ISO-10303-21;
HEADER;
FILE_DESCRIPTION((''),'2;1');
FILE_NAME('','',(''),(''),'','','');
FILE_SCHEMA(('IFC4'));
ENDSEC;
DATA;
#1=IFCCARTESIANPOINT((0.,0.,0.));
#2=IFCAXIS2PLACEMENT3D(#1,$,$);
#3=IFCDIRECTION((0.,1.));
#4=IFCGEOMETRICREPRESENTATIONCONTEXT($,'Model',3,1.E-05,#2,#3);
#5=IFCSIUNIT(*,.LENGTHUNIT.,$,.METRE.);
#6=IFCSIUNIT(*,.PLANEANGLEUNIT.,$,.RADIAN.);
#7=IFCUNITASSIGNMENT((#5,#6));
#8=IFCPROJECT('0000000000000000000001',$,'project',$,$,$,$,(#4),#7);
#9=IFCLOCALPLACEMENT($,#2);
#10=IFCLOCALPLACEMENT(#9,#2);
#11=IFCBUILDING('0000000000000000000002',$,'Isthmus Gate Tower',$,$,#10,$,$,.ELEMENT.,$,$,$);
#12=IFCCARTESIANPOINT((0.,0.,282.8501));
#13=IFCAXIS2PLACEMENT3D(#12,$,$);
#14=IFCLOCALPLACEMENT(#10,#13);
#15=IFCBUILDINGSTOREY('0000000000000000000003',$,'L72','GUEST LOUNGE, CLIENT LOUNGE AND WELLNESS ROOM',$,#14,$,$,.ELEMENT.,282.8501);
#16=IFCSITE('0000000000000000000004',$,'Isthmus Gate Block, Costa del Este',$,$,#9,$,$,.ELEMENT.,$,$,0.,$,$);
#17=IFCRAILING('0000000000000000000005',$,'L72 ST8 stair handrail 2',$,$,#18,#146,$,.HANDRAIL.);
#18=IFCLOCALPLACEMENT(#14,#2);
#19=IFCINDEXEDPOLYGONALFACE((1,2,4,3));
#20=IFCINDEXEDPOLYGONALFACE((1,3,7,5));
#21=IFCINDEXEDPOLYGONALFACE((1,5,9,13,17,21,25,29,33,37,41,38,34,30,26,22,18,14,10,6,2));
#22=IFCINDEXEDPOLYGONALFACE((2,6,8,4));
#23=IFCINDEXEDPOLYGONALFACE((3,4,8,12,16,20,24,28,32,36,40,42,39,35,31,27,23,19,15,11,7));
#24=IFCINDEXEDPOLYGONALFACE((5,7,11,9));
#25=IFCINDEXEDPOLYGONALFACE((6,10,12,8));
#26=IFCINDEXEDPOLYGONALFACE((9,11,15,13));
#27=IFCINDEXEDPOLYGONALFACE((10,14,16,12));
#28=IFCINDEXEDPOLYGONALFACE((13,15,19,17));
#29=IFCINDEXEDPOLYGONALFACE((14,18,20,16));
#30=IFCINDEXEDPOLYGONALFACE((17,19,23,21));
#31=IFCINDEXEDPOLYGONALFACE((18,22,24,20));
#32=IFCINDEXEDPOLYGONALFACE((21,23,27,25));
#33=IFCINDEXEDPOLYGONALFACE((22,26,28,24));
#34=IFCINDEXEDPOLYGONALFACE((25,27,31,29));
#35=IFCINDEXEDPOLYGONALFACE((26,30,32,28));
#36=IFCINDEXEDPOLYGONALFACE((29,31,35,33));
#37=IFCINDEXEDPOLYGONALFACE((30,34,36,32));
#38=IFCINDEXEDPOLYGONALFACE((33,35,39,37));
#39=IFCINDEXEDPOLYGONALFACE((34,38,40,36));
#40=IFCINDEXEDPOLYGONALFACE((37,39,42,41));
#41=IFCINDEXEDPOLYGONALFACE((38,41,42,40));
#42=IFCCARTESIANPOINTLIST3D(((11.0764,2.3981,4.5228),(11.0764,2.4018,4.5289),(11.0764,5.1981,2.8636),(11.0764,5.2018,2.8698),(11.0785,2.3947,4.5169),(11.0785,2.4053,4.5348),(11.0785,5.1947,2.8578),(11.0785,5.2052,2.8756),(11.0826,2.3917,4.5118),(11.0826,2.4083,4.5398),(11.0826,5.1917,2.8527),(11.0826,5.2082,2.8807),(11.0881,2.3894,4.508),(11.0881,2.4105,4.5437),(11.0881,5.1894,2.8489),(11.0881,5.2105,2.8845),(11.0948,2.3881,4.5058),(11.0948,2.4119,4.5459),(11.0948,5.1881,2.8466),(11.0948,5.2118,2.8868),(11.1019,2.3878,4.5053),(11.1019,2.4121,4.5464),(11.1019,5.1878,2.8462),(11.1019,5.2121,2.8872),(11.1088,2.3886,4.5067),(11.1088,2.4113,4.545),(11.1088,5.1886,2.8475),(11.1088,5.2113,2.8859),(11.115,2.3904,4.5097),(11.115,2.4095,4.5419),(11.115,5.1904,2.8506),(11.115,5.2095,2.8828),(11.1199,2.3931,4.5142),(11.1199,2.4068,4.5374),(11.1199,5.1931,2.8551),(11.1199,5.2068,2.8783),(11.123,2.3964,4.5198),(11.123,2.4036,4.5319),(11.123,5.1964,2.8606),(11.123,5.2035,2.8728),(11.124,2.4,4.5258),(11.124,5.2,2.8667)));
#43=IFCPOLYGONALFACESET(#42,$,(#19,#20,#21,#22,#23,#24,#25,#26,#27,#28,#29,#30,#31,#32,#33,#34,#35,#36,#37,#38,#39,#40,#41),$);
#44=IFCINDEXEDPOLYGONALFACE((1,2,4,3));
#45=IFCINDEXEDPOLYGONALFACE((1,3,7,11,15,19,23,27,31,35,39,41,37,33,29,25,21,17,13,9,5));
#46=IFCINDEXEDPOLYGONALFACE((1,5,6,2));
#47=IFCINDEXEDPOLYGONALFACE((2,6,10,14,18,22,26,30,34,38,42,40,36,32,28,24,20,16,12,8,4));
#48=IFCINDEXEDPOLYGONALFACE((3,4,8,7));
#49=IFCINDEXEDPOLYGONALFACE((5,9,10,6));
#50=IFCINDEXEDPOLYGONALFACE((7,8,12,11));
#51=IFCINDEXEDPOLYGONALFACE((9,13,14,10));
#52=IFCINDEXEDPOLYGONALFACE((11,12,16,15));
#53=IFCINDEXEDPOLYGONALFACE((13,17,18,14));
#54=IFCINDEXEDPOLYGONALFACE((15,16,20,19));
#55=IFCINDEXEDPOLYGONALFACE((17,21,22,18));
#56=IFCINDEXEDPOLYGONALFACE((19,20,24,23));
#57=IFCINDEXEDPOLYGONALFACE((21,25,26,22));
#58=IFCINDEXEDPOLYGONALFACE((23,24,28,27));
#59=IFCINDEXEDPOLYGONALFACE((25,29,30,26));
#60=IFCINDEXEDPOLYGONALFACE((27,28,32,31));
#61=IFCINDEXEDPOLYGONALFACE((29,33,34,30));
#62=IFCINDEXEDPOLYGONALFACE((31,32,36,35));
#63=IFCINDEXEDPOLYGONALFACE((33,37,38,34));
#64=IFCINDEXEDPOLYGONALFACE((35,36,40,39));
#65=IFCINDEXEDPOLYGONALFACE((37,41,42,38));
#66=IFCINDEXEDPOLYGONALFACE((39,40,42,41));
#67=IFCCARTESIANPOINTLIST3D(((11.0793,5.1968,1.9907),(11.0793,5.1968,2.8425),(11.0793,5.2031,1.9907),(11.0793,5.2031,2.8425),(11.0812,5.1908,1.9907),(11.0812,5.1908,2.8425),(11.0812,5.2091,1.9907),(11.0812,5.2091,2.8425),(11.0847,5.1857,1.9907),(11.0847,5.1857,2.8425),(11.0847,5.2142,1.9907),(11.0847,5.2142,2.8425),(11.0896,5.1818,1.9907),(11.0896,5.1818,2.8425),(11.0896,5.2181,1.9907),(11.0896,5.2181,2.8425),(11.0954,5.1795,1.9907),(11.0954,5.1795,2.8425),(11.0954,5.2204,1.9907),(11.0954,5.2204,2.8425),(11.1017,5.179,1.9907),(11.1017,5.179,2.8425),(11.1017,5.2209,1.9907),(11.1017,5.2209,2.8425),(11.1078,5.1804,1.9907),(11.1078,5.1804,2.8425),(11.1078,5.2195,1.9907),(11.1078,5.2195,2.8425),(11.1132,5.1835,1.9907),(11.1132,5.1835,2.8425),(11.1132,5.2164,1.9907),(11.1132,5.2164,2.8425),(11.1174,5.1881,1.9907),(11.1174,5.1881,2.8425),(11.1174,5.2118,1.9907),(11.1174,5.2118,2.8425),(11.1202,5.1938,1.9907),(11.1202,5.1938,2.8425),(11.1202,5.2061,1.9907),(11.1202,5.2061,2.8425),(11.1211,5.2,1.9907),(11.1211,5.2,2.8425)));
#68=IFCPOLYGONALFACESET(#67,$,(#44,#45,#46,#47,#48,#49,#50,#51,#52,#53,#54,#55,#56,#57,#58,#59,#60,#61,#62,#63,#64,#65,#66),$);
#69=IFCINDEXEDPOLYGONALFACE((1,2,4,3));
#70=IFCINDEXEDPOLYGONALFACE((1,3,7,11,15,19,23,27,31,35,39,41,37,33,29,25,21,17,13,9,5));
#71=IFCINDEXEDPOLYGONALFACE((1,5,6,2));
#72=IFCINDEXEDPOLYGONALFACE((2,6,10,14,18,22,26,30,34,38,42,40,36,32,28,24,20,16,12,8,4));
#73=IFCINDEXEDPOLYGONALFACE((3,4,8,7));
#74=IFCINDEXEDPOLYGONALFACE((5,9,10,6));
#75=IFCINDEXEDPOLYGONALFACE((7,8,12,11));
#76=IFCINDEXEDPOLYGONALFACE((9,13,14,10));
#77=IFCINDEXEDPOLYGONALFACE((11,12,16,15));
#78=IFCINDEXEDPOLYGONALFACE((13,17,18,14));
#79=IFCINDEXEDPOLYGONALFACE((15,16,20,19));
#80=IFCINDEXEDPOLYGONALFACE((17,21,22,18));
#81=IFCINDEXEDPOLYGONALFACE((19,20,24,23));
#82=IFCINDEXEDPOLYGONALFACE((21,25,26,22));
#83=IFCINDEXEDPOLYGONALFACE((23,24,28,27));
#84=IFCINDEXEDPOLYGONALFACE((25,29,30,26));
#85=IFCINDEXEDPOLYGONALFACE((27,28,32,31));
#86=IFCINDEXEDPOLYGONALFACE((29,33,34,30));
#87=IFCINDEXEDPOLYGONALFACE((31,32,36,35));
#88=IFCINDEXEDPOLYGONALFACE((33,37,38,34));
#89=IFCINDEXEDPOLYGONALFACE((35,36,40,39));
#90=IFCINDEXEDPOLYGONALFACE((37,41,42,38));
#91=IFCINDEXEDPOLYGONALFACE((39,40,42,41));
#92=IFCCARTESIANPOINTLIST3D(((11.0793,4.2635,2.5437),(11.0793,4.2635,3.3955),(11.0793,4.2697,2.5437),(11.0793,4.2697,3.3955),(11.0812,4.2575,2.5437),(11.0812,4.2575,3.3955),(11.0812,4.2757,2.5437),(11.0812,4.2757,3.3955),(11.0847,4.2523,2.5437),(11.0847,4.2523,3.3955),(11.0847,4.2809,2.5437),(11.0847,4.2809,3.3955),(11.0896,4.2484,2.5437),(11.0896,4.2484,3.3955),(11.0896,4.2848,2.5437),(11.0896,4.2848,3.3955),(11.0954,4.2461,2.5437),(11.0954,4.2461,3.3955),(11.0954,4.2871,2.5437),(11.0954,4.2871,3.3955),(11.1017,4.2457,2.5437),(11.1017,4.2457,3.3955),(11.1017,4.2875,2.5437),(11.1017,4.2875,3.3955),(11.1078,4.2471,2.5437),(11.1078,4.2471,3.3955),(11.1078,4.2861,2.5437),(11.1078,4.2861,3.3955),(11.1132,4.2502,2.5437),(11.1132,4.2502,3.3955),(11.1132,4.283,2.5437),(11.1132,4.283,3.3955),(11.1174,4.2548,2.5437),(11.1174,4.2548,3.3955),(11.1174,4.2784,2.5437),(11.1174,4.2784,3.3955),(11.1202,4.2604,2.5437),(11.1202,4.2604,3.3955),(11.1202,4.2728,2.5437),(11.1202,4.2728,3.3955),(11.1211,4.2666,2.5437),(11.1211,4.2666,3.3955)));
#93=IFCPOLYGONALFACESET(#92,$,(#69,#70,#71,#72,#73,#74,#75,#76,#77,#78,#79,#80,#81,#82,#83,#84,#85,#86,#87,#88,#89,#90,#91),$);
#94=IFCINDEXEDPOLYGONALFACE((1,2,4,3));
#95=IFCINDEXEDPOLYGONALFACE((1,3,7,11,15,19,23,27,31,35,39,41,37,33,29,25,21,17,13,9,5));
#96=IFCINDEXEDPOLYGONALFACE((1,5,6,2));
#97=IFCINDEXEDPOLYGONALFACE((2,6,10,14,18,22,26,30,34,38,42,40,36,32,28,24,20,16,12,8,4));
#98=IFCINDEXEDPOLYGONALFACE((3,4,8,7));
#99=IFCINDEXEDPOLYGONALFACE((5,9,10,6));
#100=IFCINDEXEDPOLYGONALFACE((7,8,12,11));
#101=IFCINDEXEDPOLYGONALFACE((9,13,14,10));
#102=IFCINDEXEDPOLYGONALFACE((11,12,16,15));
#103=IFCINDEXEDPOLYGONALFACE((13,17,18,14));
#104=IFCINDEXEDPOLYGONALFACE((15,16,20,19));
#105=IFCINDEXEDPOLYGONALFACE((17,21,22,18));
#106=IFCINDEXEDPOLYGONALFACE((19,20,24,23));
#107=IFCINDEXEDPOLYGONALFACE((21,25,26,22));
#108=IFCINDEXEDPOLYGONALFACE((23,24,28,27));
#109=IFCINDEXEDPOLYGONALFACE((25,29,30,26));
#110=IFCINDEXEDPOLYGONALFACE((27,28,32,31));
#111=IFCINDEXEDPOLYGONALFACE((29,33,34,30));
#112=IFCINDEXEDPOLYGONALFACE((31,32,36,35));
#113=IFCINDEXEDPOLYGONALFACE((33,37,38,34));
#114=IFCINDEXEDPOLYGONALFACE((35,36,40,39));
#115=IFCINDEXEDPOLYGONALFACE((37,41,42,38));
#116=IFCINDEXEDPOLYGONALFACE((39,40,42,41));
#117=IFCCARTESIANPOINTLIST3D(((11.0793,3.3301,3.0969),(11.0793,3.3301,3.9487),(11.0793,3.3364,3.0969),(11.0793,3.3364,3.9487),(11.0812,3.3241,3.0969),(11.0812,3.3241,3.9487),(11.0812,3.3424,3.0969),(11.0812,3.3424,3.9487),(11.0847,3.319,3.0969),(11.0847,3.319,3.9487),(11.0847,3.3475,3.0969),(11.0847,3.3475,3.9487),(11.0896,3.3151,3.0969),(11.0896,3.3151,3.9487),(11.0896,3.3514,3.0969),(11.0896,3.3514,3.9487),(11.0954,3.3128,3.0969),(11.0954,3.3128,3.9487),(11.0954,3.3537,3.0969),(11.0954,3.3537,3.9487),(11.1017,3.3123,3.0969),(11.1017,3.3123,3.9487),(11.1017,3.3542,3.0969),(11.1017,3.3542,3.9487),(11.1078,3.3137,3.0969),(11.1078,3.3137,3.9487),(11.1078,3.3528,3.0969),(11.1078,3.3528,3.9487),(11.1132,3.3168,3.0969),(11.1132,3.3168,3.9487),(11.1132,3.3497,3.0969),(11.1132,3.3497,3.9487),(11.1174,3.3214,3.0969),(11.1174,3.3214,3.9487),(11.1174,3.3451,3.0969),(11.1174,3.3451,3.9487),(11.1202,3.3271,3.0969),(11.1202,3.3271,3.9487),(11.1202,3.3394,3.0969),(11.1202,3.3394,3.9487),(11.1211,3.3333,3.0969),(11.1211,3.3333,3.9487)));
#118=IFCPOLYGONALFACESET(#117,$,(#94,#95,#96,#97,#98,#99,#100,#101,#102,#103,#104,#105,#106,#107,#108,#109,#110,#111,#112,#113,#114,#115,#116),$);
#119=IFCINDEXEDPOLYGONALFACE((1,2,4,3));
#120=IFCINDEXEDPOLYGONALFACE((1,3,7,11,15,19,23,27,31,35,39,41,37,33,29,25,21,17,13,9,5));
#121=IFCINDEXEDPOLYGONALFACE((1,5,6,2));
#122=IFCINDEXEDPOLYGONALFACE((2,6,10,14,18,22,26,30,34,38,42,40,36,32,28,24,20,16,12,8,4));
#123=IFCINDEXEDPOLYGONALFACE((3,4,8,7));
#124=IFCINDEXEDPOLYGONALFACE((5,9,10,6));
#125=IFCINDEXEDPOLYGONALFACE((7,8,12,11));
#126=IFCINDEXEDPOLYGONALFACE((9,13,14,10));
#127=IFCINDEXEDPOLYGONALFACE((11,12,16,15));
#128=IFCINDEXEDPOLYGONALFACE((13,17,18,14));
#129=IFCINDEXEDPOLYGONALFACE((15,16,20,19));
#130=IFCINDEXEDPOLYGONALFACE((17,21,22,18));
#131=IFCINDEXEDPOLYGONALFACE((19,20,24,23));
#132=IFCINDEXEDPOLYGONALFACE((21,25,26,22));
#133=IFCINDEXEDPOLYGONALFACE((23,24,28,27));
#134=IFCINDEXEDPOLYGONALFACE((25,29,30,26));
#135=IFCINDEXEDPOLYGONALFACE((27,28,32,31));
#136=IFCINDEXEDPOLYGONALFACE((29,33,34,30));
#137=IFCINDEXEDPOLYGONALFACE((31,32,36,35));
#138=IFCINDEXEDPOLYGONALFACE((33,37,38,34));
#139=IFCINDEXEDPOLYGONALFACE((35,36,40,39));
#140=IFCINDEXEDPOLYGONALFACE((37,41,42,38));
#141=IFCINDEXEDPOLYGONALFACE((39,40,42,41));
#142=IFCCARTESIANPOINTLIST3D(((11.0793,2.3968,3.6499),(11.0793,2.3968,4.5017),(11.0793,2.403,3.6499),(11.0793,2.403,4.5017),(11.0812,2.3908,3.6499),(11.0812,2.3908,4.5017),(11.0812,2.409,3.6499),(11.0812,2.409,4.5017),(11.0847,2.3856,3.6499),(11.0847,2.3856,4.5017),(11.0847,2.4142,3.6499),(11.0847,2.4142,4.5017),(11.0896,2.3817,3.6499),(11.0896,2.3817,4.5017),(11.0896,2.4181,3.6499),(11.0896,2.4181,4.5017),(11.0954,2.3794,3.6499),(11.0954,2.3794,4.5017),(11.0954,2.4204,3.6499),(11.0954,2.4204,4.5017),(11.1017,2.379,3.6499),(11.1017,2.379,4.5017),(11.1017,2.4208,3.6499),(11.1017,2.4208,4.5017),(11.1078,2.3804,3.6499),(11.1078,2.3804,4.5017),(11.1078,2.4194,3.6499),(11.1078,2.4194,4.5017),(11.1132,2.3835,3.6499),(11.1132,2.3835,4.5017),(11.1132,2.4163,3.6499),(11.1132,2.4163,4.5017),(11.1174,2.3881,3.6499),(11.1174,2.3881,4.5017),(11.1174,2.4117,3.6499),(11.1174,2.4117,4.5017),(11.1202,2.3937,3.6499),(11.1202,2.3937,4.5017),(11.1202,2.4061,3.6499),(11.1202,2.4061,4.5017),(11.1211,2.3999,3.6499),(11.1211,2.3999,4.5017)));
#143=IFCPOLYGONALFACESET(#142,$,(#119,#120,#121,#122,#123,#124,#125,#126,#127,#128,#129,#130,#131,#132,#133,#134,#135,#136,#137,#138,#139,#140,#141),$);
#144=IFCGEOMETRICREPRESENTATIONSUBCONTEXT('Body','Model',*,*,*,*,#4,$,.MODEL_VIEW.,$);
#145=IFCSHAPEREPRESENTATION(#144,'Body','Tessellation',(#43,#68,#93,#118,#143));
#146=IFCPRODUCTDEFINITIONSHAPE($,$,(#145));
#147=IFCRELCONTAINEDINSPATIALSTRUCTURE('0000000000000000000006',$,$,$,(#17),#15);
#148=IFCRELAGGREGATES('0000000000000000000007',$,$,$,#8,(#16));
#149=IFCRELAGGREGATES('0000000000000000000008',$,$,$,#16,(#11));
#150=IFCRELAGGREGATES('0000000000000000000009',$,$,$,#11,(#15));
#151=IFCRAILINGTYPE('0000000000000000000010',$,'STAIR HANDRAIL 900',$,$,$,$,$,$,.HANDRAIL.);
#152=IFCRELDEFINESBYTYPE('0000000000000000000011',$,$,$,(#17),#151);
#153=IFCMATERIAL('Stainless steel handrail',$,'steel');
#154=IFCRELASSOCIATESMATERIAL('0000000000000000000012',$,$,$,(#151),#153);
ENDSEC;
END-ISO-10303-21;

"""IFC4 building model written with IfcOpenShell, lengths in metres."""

from ifc_helpers import new_model, si_unit, direction, frame, origin, origin_2d, place, context, subcontext, project, spatial, circle, extrude, material, type_object, element, save


model = new_model("IFC4")

# Units and contexts
model_context = context("Model", 3, precision=1e-05, world=origin(), true_north=direction((0.0, 1.0)))
body_context = subcontext(model_context, "Body", "Model", "MODEL_VIEW")
ifc_project = project(units=[si_unit("LENGTHUNIT", "METRE"), si_unit("PLANEANGLEUNIT", "RADIAN")], contexts=[model_context])

# Site, building, storey
site_placement = place(None, origin())
site = spatial("IfcSite", under=ifc_project, at=site_placement, Name="Isthmus Gate Block, Costa del Este", CompositionType="ELEMENT", RefElevation=0.0)
building_placement = place(site_placement, origin())
building = spatial("IfcBuilding", under=site, at=building_placement, Name="Isthmus Gate Tower", CompositionType="ELEMENT")
storey_placement = place(building_placement, frame((0.0, 0.0, 282.8501)))
storey = spatial("IfcBuildingStorey", under=building, at=storey_placement, Name="L72", Description="GUEST LOUNGE, CLIENT LOUNGE AND WELLNESS ROOM", CompositionType="ELEMENT", Elevation=282.8501)

# Railing
ifc_material_1 = material(Name="Stainless steel handrail", Category="steel")
railing_type_1 = type_object("IfcRailingType", Name="STAIR HANDRAIL 900", PredefinedType="HANDRAIL", material=ifc_material_1)
for number, where, name in (
    (1, (11.1001, 5.2, 1.9907), "L72 ST8 stair handrail 2"),
):
    element("IfcRailing", number, at=place(storey_placement, frame(where)), inside=storey, type_object=railing_type_1, Name=name, PredefinedType="HANDRAIL", context=body_context, shape_type="SweptSolid", body=[
        extrude(circle(Radius=0.0239, at=origin_2d()), frame((0.0, 0.0, 0.876), z_axis=(0.0, -0.860306, 0.509778), x_axis=(1.0, 0.0, 0.0)), (0.0, 0.0, 1.0), 3.2546),
        extrude(circle(Radius=0.021, at=origin_2d()), origin(), (0.0, 0.0, 1.0), 0.8518),
        extrude(circle(Radius=0.021, at=origin_2d()), frame((0.0, -0.9333, 0.553)), (0.0, 0.0, 1.0), 0.8518),
        extrude(circle(Radius=0.021, at=origin_2d()), frame((0.0, -1.8667, 1.1062)), (0.0, 0.0, 1.0), 0.8518),
        extrude(circle(Radius=0.021, at=origin_2d()), frame((0.0, -2.8, 1.6592)), (0.0, 0.0, 1.0), 0.8518),
    ])

save(model, "model.ifc")
